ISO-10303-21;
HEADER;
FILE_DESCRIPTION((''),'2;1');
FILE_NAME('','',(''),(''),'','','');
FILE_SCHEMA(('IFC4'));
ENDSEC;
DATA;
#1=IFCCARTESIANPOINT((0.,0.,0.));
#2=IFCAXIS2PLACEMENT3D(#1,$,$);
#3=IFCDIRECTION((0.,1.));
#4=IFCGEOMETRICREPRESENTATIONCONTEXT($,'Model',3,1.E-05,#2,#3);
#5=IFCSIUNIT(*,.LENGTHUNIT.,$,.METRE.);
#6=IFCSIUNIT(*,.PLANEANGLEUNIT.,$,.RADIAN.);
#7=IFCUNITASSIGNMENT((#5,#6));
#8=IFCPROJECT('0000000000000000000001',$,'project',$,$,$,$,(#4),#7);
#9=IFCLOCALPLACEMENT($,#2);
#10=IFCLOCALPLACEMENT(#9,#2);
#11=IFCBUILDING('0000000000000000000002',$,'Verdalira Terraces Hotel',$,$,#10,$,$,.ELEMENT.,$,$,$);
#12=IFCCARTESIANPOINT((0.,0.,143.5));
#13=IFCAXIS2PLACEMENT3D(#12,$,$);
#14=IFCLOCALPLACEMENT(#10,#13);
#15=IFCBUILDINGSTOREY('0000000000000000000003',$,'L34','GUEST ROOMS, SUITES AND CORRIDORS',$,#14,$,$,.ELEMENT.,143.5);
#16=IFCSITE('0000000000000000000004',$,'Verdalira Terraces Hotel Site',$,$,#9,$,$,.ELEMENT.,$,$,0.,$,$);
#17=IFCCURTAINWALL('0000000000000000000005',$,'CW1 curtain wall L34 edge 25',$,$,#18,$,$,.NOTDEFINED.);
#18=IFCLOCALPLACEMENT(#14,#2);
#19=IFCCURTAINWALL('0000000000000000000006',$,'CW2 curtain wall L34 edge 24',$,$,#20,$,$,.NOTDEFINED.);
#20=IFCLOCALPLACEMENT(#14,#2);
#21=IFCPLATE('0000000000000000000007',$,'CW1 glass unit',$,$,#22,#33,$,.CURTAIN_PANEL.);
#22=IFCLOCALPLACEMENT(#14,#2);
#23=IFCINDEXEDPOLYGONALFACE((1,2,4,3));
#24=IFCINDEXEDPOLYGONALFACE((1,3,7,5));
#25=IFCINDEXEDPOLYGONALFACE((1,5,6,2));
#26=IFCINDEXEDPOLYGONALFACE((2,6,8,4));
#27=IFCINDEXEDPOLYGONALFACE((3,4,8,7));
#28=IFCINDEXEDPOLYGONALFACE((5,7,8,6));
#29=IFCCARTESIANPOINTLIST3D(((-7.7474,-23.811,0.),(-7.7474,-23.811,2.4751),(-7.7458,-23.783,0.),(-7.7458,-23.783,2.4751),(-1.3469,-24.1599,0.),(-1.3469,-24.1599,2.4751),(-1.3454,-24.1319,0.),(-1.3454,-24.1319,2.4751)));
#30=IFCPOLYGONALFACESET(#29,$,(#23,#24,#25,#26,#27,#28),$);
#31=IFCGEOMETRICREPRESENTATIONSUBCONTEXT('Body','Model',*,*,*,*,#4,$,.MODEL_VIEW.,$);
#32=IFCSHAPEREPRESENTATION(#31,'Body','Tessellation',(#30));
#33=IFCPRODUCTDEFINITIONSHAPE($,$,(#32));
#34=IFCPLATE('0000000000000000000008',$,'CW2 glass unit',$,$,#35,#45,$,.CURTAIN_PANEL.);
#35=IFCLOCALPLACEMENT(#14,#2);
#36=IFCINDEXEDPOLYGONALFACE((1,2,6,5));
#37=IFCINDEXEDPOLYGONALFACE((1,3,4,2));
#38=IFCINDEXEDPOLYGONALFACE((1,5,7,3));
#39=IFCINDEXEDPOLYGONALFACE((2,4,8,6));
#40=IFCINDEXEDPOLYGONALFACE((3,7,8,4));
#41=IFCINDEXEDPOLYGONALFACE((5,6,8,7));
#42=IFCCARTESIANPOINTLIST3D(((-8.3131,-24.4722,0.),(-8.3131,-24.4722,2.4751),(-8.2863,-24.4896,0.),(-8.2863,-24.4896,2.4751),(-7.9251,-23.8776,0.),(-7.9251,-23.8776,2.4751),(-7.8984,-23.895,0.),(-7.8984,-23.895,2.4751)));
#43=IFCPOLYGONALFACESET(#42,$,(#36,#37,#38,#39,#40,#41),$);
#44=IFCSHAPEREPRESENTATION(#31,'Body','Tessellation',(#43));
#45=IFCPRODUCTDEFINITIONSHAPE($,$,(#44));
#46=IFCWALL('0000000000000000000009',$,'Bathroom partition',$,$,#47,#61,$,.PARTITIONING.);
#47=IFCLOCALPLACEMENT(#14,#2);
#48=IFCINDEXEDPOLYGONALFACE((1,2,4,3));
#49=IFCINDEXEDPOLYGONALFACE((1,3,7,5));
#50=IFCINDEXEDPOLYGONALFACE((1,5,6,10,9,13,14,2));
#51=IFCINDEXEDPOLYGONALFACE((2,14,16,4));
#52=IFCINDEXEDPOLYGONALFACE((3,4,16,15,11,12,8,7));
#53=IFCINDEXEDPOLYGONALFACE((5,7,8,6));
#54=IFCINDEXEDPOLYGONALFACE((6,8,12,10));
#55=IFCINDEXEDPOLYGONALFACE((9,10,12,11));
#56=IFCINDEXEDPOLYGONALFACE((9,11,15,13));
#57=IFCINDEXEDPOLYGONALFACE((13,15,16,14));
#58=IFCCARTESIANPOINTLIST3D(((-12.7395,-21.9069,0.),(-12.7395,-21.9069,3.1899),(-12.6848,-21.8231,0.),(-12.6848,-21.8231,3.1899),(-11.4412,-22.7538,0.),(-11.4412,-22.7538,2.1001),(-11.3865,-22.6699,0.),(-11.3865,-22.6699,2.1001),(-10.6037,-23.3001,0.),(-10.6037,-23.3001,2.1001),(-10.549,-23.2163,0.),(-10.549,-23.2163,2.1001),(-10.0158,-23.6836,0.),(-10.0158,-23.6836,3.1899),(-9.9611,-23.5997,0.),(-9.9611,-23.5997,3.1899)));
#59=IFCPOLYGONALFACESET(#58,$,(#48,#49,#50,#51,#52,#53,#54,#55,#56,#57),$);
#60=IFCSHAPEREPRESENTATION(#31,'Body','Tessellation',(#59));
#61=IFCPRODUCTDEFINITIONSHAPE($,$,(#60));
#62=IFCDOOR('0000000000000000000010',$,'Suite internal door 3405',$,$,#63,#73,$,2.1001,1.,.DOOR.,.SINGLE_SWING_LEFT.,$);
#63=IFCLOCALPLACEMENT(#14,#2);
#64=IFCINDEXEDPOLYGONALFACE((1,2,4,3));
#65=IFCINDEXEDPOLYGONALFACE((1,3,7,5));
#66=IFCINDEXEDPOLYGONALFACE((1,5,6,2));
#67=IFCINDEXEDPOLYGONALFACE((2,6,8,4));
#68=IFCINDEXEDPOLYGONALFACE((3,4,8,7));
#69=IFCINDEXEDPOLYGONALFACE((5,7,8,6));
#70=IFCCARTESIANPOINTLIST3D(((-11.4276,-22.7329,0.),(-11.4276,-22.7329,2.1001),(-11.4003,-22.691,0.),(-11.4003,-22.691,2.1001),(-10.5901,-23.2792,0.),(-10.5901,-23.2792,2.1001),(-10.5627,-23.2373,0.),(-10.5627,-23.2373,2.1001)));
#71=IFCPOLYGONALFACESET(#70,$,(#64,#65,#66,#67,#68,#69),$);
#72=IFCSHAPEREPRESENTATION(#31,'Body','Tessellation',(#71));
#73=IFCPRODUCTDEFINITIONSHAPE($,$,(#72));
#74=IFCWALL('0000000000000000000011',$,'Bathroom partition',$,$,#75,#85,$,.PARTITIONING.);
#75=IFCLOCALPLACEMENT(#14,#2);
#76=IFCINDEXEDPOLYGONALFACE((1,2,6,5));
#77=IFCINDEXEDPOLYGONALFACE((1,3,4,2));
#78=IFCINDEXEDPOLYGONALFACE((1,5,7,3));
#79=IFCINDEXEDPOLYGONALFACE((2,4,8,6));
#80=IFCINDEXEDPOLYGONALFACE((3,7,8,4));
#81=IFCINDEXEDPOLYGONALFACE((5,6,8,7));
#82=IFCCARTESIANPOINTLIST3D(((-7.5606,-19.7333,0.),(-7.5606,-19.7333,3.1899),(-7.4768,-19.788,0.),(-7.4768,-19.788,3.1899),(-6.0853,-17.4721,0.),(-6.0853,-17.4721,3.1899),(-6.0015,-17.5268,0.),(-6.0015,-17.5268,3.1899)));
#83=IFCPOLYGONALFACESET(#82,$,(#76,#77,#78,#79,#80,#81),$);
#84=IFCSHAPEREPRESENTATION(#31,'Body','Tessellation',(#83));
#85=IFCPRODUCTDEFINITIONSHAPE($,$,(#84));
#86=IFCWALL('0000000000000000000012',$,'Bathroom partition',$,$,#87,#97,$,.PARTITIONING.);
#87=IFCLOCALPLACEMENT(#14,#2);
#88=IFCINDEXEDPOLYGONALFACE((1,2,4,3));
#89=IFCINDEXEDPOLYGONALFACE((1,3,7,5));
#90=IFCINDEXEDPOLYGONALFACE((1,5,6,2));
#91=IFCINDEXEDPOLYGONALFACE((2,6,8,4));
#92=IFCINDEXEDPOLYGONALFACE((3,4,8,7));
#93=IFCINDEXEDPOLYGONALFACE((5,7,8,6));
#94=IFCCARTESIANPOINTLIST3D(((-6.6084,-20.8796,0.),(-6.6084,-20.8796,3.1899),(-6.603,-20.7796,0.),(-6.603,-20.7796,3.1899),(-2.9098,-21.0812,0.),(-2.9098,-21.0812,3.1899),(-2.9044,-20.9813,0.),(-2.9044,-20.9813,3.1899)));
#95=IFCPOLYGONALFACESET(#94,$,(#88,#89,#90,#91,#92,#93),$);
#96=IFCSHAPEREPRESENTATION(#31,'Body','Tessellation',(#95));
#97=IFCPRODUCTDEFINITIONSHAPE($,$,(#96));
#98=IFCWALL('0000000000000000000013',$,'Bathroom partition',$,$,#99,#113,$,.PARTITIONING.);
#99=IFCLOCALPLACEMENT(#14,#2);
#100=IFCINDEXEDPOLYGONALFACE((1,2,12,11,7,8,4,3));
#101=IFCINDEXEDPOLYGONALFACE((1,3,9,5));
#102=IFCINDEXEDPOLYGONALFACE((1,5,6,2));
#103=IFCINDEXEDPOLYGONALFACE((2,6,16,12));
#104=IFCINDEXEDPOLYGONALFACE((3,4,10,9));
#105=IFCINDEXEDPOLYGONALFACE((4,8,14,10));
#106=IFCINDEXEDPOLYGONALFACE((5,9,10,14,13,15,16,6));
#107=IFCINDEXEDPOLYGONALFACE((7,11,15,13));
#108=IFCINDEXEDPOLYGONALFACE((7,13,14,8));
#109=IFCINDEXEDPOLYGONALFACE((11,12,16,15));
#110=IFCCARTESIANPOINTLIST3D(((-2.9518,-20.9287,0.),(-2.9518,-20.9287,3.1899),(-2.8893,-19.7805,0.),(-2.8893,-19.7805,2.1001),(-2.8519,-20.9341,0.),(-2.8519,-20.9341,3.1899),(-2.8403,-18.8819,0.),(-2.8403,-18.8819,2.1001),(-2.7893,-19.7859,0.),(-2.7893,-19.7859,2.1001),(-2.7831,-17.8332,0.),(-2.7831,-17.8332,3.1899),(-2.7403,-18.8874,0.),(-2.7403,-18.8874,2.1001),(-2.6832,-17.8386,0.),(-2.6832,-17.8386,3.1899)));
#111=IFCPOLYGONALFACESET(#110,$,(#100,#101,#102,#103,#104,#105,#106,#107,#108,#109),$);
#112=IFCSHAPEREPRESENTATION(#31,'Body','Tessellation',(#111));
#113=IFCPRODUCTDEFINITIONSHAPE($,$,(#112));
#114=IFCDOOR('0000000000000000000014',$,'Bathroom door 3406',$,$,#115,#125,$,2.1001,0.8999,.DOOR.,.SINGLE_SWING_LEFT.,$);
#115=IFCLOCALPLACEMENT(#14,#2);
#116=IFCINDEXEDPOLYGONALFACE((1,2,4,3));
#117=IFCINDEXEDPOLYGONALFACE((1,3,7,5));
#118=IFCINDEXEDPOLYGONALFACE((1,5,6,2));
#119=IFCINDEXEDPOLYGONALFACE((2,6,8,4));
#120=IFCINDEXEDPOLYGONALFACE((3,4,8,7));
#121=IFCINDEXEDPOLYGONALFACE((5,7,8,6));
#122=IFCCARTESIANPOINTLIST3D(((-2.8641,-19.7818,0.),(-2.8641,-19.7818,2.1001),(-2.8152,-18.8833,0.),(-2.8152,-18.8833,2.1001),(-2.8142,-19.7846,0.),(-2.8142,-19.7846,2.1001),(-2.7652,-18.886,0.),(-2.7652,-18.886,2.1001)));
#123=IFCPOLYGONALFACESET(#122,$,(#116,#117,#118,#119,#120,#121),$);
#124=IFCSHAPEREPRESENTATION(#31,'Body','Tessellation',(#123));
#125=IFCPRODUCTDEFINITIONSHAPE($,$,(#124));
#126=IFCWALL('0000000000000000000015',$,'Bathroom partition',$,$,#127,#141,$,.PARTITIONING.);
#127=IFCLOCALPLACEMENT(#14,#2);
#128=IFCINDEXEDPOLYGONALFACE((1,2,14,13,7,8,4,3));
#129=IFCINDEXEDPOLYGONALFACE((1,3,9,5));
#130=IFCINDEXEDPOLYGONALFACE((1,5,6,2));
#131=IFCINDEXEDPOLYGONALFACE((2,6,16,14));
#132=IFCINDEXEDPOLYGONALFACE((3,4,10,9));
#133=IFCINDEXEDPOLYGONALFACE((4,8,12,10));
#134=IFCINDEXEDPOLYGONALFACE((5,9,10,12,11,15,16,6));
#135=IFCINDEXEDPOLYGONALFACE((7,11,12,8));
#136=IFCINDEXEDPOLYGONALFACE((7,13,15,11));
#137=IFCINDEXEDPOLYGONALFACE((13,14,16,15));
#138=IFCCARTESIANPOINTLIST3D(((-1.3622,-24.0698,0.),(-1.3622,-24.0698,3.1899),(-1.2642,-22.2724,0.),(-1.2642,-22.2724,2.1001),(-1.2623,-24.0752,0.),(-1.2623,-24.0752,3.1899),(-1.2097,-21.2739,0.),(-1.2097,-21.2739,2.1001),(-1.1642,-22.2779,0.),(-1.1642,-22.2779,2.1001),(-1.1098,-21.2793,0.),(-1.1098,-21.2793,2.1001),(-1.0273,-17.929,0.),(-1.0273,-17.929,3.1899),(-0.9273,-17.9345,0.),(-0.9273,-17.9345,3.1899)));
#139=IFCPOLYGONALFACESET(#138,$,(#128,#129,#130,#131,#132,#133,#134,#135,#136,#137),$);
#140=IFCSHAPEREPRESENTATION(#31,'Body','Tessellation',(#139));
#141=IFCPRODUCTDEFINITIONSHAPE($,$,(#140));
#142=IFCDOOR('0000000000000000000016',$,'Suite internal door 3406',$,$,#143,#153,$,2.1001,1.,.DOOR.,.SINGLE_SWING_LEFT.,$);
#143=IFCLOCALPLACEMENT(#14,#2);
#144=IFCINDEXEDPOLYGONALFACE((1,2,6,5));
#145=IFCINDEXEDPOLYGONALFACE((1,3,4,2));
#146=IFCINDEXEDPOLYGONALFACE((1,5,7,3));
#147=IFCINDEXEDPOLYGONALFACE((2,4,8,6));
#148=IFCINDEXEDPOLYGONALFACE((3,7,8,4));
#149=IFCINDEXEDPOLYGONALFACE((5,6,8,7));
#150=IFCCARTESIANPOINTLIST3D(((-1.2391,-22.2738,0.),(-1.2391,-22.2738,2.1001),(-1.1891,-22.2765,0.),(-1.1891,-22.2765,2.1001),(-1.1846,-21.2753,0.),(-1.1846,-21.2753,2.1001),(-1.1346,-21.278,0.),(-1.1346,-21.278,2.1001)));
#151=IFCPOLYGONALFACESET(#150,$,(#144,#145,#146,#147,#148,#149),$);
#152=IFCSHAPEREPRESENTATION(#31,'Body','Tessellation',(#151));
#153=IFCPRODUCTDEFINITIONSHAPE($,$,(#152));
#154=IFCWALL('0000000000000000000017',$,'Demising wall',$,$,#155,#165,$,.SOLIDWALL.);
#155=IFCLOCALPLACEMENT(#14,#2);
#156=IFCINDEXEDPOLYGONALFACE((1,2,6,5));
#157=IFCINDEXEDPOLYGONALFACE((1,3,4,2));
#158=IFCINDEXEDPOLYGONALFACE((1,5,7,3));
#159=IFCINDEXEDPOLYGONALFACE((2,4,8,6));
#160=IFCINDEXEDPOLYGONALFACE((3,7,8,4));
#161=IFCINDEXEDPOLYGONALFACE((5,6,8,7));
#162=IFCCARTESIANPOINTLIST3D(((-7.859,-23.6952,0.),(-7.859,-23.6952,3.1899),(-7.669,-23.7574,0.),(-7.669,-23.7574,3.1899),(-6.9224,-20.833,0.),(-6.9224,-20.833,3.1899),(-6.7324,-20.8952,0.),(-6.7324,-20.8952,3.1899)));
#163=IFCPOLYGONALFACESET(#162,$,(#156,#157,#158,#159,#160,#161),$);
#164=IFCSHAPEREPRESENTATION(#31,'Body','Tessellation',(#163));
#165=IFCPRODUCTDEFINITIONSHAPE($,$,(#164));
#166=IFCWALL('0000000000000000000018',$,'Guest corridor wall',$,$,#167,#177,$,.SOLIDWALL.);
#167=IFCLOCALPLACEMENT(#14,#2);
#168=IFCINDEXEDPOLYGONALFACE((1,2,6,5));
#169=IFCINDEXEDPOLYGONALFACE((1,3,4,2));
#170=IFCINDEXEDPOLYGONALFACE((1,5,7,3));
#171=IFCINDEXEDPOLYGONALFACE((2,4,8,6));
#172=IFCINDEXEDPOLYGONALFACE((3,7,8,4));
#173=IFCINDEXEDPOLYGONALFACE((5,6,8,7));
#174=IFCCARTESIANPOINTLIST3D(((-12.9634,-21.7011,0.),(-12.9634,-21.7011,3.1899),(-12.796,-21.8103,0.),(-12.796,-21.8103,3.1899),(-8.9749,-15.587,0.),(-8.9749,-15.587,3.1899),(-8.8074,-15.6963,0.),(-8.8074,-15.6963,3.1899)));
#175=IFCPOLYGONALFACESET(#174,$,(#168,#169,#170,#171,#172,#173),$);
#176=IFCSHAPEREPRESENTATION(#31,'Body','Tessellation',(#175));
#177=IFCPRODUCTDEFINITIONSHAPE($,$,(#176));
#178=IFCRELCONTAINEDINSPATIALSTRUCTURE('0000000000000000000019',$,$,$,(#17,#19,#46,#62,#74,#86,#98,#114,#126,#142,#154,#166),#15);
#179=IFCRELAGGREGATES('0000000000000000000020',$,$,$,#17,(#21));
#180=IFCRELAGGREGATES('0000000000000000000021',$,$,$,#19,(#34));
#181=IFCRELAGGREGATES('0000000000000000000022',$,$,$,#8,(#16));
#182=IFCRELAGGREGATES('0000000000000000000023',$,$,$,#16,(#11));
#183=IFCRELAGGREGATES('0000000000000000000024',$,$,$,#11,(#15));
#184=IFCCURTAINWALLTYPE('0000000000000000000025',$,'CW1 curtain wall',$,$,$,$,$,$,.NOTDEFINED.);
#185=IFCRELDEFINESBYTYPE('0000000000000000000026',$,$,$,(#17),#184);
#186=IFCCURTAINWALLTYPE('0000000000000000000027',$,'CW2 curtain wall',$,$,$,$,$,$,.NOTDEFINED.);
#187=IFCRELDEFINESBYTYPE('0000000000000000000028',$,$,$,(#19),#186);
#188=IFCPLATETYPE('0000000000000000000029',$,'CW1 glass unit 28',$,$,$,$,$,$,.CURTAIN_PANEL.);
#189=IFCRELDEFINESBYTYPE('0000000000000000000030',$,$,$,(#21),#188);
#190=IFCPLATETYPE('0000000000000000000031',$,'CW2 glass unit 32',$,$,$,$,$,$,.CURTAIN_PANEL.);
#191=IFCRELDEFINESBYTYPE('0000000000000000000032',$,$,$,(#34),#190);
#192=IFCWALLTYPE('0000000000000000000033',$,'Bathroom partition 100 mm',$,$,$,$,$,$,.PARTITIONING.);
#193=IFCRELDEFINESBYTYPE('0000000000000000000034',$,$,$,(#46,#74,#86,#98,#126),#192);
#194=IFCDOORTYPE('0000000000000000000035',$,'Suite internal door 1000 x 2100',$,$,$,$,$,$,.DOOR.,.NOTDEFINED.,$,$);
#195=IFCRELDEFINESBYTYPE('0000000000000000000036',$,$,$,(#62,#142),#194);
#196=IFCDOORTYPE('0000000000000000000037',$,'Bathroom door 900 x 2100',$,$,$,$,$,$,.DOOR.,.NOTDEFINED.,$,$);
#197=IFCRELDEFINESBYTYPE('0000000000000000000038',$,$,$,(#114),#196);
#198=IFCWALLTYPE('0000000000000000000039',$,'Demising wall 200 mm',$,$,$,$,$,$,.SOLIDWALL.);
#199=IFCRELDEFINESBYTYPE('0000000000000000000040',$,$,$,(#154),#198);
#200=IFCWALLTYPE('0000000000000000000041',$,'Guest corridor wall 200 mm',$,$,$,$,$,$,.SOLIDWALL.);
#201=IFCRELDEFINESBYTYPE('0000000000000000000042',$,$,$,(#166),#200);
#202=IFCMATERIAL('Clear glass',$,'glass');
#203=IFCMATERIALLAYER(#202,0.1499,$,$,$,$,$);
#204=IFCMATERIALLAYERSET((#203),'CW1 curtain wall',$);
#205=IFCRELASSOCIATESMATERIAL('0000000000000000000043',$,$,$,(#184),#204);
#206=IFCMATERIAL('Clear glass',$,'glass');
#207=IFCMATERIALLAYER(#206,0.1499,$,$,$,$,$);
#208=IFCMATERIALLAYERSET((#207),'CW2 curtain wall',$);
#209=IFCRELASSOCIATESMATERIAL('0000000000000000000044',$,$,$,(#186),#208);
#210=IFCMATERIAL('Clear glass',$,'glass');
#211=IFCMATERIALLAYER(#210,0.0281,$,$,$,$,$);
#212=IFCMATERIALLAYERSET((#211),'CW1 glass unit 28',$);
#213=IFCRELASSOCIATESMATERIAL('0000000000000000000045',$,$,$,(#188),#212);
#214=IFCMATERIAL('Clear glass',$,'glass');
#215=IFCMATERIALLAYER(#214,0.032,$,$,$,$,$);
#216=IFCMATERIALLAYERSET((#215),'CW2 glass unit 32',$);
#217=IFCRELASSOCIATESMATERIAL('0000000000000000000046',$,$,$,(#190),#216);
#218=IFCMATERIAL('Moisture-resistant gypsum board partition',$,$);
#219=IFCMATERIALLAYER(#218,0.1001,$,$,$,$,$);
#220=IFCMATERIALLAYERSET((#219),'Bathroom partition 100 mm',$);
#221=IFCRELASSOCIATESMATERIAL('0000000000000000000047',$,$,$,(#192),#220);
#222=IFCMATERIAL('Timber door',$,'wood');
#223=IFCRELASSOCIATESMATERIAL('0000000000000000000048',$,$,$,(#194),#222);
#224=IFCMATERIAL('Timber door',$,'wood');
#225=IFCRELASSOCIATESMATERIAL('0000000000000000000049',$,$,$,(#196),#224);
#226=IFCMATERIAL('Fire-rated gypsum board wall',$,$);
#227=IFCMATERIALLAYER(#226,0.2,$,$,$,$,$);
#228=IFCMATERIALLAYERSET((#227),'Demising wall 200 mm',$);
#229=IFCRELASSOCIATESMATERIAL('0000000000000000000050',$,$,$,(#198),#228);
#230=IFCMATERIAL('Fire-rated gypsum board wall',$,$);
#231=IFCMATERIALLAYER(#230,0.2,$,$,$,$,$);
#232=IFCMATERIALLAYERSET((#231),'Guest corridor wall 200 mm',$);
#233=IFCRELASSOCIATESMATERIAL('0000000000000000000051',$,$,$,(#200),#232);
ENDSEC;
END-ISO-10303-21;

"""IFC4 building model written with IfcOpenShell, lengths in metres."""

from ifc_helpers import new_model, si_unit, direction, frame, frame_2d, origin, origin_2d, place, context, subcontext, project, spatial, rectangle, extrude, material, layer, layer_set, type_object, element, fill, aggregate, save


model = new_model("IFC4")

# Units and contexts
model_context = context("Model", 3, precision=1e-05, world=origin(), true_north=direction((0.0, 1.0)))
body_context = subcontext(model_context, "Body", "Model", "MODEL_VIEW")
ifc_project = project(units=[si_unit("LENGTHUNIT", "METRE"), si_unit("PLANEANGLEUNIT", "RADIAN")], contexts=[model_context])

# Site, building, storey
site_placement = place(None, origin())
site = spatial("IfcSite", under=ifc_project, at=site_placement, Name="Verdalira Terraces Hotel Site", CompositionType="ELEMENT", RefElevation=0.0)
building_placement = place(site_placement, origin())
building = spatial("IfcBuilding", under=site, at=building_placement, Name="Verdalira Terraces Hotel", CompositionType="ELEMENT")
storey_placement = place(building_placement, frame((0.0, 0.0, 143.5)))
storey = spatial("IfcBuildingStorey", under=building, at=storey_placement, Name="L34", Description="GUEST ROOMS, SUITES AND CORRIDORS", CompositionType="ELEMENT", Elevation=143.5)

# Curtain walls
ifc_material_1 = material(Name="Clear glass", Category="glass")
ifc_layer_1 = layer(ifc_material_1, 0.1499)
ifc_layer_set_1 = layer_set([ifc_layer_1], Name="CW1 curtain wall")
curtain_wall_type_1 = type_object("IfcCurtainWallType", Name="CW1 curtain wall", PredefinedType="NOTDEFINED", material=ifc_layer_set_1)
curtain_wall_1_placement = place(storey_placement, origin())
curtain_wall_1 = element("IfcCurtainWall", 1, at=curtain_wall_1_placement, inside=storey, type_object=curtain_wall_type_1, Name="CW1 curtain wall L34 edge 25", PredefinedType="NOTDEFINED")
ifc_material_2 = material(Name="Clear glass", Category="glass")
ifc_layer_2 = layer(ifc_material_2, 0.1499)
ifc_layer_set_2 = layer_set([ifc_layer_2], Name="CW2 curtain wall")
curtain_wall_type_2 = type_object("IfcCurtainWallType", Name="CW2 curtain wall", PredefinedType="NOTDEFINED", material=ifc_layer_set_2)
curtain_wall_2_placement = place(storey_placement, origin())
curtain_wall_2 = element("IfcCurtainWall", 2, at=curtain_wall_2_placement, inside=storey, type_object=curtain_wall_type_2, Name="CW2 curtain wall L34 edge 24", PredefinedType="NOTDEFINED")

# Plates
ifc_material_3 = material(Name="Clear glass", Category="glass")
ifc_layer_3 = layer(ifc_material_3, 0.0281)
ifc_layer_set_3 = layer_set([ifc_layer_3], Name="CW1 glass unit 28")
plate_type_1 = type_object("IfcPlateType", Name="CW1 glass unit 28", PredefinedType="CURTAIN_PANEL", material=ifc_layer_set_3)
plate_1_placement = place(storey_placement, frame((-4.5464, -23.9714, 0.0), z_axis=(0.0, 0.0, 1.0), x_axis=(0.998518, -0.054427, 0.0)))
plate_1 = element("IfcPlate", 3, at=plate_1_placement, type_object=plate_type_1, Name="CW1 glass unit", PredefinedType="CURTAIN_PANEL", context=body_context, shape_type="SweptSolid", body=[
    extrude(rectangle(XDim=6.4099, YDim=0.0281, at=origin_2d()), origin(), (0.0, 0.0, 1.0), 2.4751),
])
aggregate(curtain_wall_1, [plate_1])
ifc_material_4 = material(Name="Clear glass", Category="glass")
ifc_layer_4 = layer(ifc_material_4, 0.032)
ifc_layer_set_4 = layer_set([ifc_layer_4], Name="CW2 glass unit 32")
plate_type_2 = type_object("IfcPlateType", Name="CW2 glass unit 32", PredefinedType="CURTAIN_PANEL", material=ifc_layer_set_4)
plate_2_placement = place(storey_placement, frame((-8.1057, -24.1836, 0.0), z_axis=(0.0, 0.0, 1.0), x_axis=(0.546394, 0.837528, 0.0)))
plate_2 = element("IfcPlate", 4, at=plate_2_placement, type_object=plate_type_2, Name="CW2 glass unit", PredefinedType="CURTAIN_PANEL", context=body_context, shape_type="SweptSolid", body=[
    extrude(rectangle(XDim=0.71, YDim=0.032, at=origin_2d()), origin(), (0.0, 0.0, 1.0), 2.4751),
])
aggregate(curtain_wall_2, [plate_2])

# Wall, opening, door
ifc_material_5 = material(Name="Moisture-resistant gypsum board partition")
ifc_layer_5 = layer(ifc_material_5, 0.1001)
ifc_layer_set_5 = layer_set([ifc_layer_5], Name="Bathroom partition 100 mm")
wall_type_1 = type_object("IfcWallType", Name="Bathroom partition 100 mm", PredefinedType="PARTITIONING", material=ifc_layer_set_5)
wall_1_placement = place(storey_placement, frame((-12.7122, -21.865, 0.0), z_axis=(0.0, 0.0, 1.0), x_axis=(0.837564, -0.546339, 0.0)))
wall_1 = element("IfcWall", 5, at=wall_1_placement, inside=storey, type_object=wall_type_1, Name="Bathroom partition", PredefinedType="PARTITIONING", context=body_context, shape_type="SweptSolid", body=[
    extrude(rectangle(XDim=3.252, YDim=0.1001, at=frame_2d((1.626, 0.0))), origin(), (0.0, 0.0, 1.0), 3.1899),
])
opening_1_placement = place(wall_1_placement, frame((1.55, 0.0, 0.0)))
opening_1 = element("IfcOpeningElement", 6, at=opening_1_placement, cuts=wall_1, PredefinedType="OPENING", context=body_context, shape_type="SweptSolid", body=[
    extrude(rectangle(XDim=1.0, YDim=2.1001, at=frame_2d((0.5, 1.05))), frame((0.0, 0.0601, 0.0), z_axis=(0.0, -1.0, 0.0), x_axis=(1.0, 0.0, 0.0)), (0.0, 0.0, 1.0), 0.1201),
])
ifc_material_6 = material(Name="Timber door", Category="wood")
door_type_1 = type_object("IfcDoorType", Name="Suite internal door 1000 x 2100", OperationType="NOTDEFINED", PredefinedType="DOOR", material=ifc_material_6)
door_1_placement = place(opening_1_placement, origin())
door_1 = element("IfcDoor", 7, at=door_1_placement, inside=storey, type_object=door_type_1, Name="Suite internal door 3405", OperationType="SINGLE_SWING_LEFT", OverallHeight=2.1001, OverallWidth=1.0, PredefinedType="DOOR", context=body_context, shape_type="SweptSolid", body=[
    extrude(rectangle(XDim=1.0, YDim=2.1001, at=frame_2d((0.5, 1.05))), frame((0.0, 0.0249, 0.0), z_axis=(0.0, -1.0, 0.0), x_axis=(1.0, 0.0, 0.0)), (0.0, 0.0, 1.0), 0.05),
])
fill(opening_1, door_1)

# Walls
wall_2_placement = place(storey_placement, frame((-7.5188, -19.7607, 0.0), z_axis=(0.0, 0.0, 1.0), x_axis=(0.546431, 0.837504, 0.0)))
element("IfcWall", 8, at=wall_2_placement, inside=storey, type_object=wall_type_1, Name="Bathroom partition", PredefinedType="PARTITIONING", context=body_context, shape_type="SweptSolid", body=[
    extrude(rectangle(XDim=2.7, YDim=0.1001, at=frame_2d((1.3501, 0.0))), origin(), (0.0, 0.0, 1.0), 3.1899),
])
wall_3_placement = place(storey_placement, frame((-6.6057, -20.8296, 0.0), z_axis=(0.0, 0.0, 1.0), x_axis=(0.998517, -0.054444, 0.0)))
element("IfcWall", 9, at=wall_3_placement, inside=storey, type_object=wall_type_1, Name="Bathroom partition", PredefinedType="PARTITIONING", context=body_context, shape_type="SweptSolid", body=[
    extrude(rectangle(XDim=3.7041, YDim=0.1001, at=frame_2d((1.8521, 0.0))), origin(), (0.0, 0.0, 1.0), 3.1899),
])

# Walls, openings, doors
wall_4_placement = place(storey_placement, frame((-2.9019, -20.9314, 0.0), z_axis=(0.0, 0.0, 1.0), x_axis=(0.054419, 0.998518, 0.0)))
wall_4 = element("IfcWall", 10, at=wall_4_placement, inside=storey, type_object=wall_type_1, Name="Bathroom partition", PredefinedType="PARTITIONING", context=body_context, shape_type="SweptSolid", body=[
    extrude(rectangle(XDim=3.1001, YDim=0.1001, at=frame_2d((1.55, 0.0))), origin(), (0.0, 0.0, 1.0), 3.1899),
])
opening_2_placement = place(wall_4_placement, frame((1.1499, 0.0, 0.0)))
opening_2 = element("IfcOpeningElement", 11, at=opening_2_placement, cuts=wall_4, PredefinedType="OPENING", context=body_context, shape_type="SweptSolid", body=[
    extrude(rectangle(XDim=0.8999, YDim=2.1001, at=frame_2d((0.45, 1.05))), frame((0.0, 0.0601, 0.0), z_axis=(0.0, -1.0, 0.0), x_axis=(1.0, 0.0, 0.0)), (0.0, 0.0, 1.0), 0.1201),
])
ifc_material_7 = material(Name="Timber door", Category="wood")
door_type_2 = type_object("IfcDoorType", Name="Bathroom door 900 x 2100", OperationType="NOTDEFINED", PredefinedType="DOOR", material=ifc_material_7)
door_2_placement = place(opening_2_placement, origin())
door_2 = element("IfcDoor", 12, at=door_2_placement, inside=storey, type_object=door_type_2, Name="Bathroom door 3406", OperationType="SINGLE_SWING_LEFT", OverallHeight=2.1001, OverallWidth=0.8999, PredefinedType="DOOR", context=body_context, shape_type="SweptSolid", body=[
    extrude(rectangle(XDim=0.8999, YDim=2.1001, at=frame_2d((0.45, 1.05))), frame((0.0, 0.0249, 0.0), z_axis=(0.0, -1.0, 0.0), x_axis=(1.0, 0.0, 0.0)), (0.0, 0.0, 1.0), 0.05),
])
fill(opening_2, door_2)
wall_5_placement = place(storey_placement, frame((-1.3123, -24.0725, 0.0), z_axis=(0.0, 0.0, 1.0), x_axis=(0.054465, 0.998516, 0.0)))
wall_5 = element("IfcWall", 13, at=wall_5_placement, inside=storey, type_object=wall_type_1, Name="Bathroom partition", PredefinedType="PARTITIONING", context=body_context, shape_type="SweptSolid", body=[
    extrude(rectangle(XDim=6.1499, YDim=0.1001, at=frame_2d((3.075, 0.0))), origin(), (0.0, 0.0, 1.0), 3.1899),
])
opening_3_placement = place(wall_5_placement, frame((1.8, 0.0, 0.0)))
opening_3 = element("IfcOpeningElement", 14, at=opening_3_placement, cuts=wall_5, PredefinedType="OPENING", context=body_context, shape_type="SweptSolid", body=[
    extrude(rectangle(XDim=1.0, YDim=2.1001, at=frame_2d((0.5, 1.05))), frame((0.0, 0.0601, 0.0), z_axis=(0.0, -1.0, 0.0), x_axis=(1.0, 0.0, 0.0)), (0.0, 0.0, 1.0), 0.1201),
])
door_3_placement = place(opening_3_placement, origin())
door_3 = element("IfcDoor", 15, at=door_3_placement, inside=storey, type_object=door_type_1, Name="Suite internal door 3406", OperationType="SINGLE_SWING_LEFT", OverallHeight=2.1001, OverallWidth=1.0, PredefinedType="DOOR", context=body_context, shape_type="SweptSolid", body=[
    extrude(rectangle(XDim=1.0, YDim=2.1001, at=frame_2d((0.5, 1.05))), frame((0.0, 0.0249, 0.0), z_axis=(0.0, -1.0, 0.0), x_axis=(1.0, 0.0, 0.0)), (0.0, 0.0, 1.0), 0.05),
])
fill(opening_3, door_3)

# Walls
ifc_material_8 = material(Name="Fire-rated gypsum board wall")
ifc_layer_6 = layer(ifc_material_8, 0.2)
ifc_layer_set_6 = layer_set([ifc_layer_6], Name="Demising wall 200 mm")
wall_type_2 = type_object("IfcWallType", Name="Demising wall 200 mm", PredefinedType="SOLIDWALL", material=ifc_layer_set_6)
wall_6_placement = place(storey_placement, frame((-6.8274, -20.864, 0.0), z_axis=(0.0, 0.0, 1.0), x_axis=(-0.310994, -0.950412, 0.0)))
element("IfcWall", 16, at=wall_6_placement, inside=storey, type_object=wall_type_2, Name="Demising wall", PredefinedType="SOLIDWALL", context=body_context, shape_type="SweptSolid", body=[
    extrude(rectangle(XDim=3.0115, YDim=0.2, at=frame_2d((1.5059, 0.0))), origin(), (0.0, 0.0, 1.0), 3.1899),
])
ifc_material_9 = material(Name="Fire-rated gypsum board wall")
ifc_layer_7 = layer(ifc_material_9, 0.2)
ifc_layer_set_7 = layer_set([ifc_layer_7], Name="Guest corridor wall 200 mm")
wall_type_3 = type_object("IfcWallType", Name="Guest corridor wall 200 mm", PredefinedType="SOLIDWALL", material=ifc_layer_set_7)
wall_7_placement = place(storey_placement, frame((-12.8796, -21.7556, 0.0), z_axis=(0.0, 0.0, 1.0), x_axis=(0.546376, 0.83754, 0.0)))
element("IfcWall", 17, at=wall_7_placement, inside=storey, type_object=wall_type_3, Name="Guest corridor wall", PredefinedType="SOLIDWALL", context=body_context, shape_type="SweptSolid", body=[
    extrude(rectangle(XDim=7.3, YDim=0.2, at=frame_2d((3.6499, 0.0))), origin(), (0.0, 0.0, 1.0), 3.1899),
])

save(model, "model.ifc")
